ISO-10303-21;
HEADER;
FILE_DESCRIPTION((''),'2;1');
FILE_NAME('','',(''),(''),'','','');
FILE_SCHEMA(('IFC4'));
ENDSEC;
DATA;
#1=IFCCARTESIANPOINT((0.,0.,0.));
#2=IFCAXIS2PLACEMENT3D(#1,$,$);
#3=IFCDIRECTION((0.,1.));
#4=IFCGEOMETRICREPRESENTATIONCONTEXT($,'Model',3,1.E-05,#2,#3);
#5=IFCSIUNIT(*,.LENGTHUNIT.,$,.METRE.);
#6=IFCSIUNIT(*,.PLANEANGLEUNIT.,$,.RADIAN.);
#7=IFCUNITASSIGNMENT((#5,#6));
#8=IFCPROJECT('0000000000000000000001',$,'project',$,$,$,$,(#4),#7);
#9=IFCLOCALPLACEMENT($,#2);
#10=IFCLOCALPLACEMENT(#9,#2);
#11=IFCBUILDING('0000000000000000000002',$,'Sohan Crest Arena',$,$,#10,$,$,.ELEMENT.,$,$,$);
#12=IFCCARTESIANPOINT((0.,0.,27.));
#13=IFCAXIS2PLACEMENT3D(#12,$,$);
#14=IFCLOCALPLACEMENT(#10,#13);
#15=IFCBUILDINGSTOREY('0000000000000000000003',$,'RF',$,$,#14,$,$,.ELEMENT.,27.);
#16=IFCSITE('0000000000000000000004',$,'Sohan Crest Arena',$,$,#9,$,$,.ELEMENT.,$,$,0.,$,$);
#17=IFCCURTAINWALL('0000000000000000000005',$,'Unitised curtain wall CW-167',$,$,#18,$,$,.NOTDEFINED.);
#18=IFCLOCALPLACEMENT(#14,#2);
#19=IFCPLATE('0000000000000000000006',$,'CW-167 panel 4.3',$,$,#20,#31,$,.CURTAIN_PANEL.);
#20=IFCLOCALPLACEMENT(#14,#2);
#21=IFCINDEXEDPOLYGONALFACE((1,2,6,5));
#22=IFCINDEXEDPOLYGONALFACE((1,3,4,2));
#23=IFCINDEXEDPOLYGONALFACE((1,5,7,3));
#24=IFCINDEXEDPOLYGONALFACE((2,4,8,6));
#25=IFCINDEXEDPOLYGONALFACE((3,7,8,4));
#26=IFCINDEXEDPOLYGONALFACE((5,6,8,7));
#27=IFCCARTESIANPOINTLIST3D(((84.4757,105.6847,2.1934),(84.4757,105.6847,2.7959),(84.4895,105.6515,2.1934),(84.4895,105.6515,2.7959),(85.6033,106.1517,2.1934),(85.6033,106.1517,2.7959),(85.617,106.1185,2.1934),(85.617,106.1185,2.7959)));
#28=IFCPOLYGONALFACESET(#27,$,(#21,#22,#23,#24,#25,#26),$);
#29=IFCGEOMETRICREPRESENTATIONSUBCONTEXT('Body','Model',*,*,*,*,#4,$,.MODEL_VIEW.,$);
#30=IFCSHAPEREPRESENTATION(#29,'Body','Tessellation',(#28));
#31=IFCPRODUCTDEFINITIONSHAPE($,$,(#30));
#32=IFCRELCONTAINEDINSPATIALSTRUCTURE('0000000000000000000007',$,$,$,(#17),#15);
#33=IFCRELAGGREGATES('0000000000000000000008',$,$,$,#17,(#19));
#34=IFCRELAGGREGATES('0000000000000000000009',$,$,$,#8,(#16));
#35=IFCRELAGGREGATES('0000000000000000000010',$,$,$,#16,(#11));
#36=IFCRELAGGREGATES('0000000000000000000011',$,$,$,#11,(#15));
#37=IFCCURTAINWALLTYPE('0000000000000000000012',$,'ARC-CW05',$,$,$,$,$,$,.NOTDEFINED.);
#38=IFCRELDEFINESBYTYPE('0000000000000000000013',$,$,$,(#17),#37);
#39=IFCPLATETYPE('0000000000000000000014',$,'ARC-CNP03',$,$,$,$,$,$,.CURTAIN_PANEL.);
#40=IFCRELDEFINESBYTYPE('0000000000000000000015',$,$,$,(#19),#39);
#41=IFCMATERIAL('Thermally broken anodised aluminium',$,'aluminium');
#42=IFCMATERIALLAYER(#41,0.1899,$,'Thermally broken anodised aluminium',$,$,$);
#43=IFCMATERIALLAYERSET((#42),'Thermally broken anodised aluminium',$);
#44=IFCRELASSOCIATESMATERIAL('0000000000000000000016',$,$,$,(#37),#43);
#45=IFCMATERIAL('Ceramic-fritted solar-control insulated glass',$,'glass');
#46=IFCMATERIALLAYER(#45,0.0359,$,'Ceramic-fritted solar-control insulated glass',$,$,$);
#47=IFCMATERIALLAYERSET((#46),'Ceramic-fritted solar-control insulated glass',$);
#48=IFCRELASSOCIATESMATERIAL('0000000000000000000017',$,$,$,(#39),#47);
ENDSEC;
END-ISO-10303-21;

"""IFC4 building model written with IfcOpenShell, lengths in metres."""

from ifc_helpers import new_model, si_unit, direction, frame, origin, origin_2d, place, context, subcontext, project, spatial, rectangle, extrude, material, layer, layer_set, type_object, element, aggregate, save


model = new_model("IFC4")

# Units and contexts
model_context = context("Model", 3, precision=1e-05, world=origin(), true_north=direction((0.0, 1.0)))
body_context = subcontext(model_context, "Body", "Model", "MODEL_VIEW")
ifc_project = project(units=[si_unit("LENGTHUNIT", "METRE"), si_unit("PLANEANGLEUNIT", "RADIAN")], contexts=[model_context])

# Site, building, storey
site_placement = place(None, origin())
site = spatial("IfcSite", under=ifc_project, at=site_placement, Name="Sohan Crest Arena", CompositionType="ELEMENT", RefElevation=0.0)
building_placement = place(site_placement, origin())
building = spatial("IfcBuilding", under=site, at=building_placement, Name="Sohan Crest Arena", CompositionType="ELEMENT")
storey_placement = place(building_placement, frame((0.0, 0.0, 27.0)))
storey = spatial("IfcBuildingStorey", under=building, at=storey_placement, Name="RF", CompositionType="ELEMENT", Elevation=27.0)

# Curtain wall
ifc_material_1 = material(Name="Thermally broken anodised aluminium", Category="aluminium")
ifc_layer_1 = layer(ifc_material_1, 0.1899, Name="Thermally broken anodised aluminium")
ifc_layer_set_1 = layer_set([ifc_layer_1], Name="Thermally broken anodised aluminium")
curtain_wall_type = type_object("IfcCurtainWallType", Name="ARC-CW05", PredefinedType="NOTDEFINED", material=ifc_layer_set_1)
curtain_wall_placement = place(storey_placement, origin())
curtain_wall = element("IfcCurtainWall", 1, at=curtain_wall_placement, inside=storey, type_object=curtain_wall_type, Name="Unitised curtain wall CW-167", PredefinedType="NOTDEFINED")

# Plate
ifc_material_2 = material(Name="Ceramic-fritted solar-control insulated glass", Category="glass")
ifc_layer_2 = layer(ifc_material_2, 0.0359, Name="Ceramic-fritted solar-control insulated glass")
ifc_layer_set_2 = layer_set([ifc_layer_2], Name="Ceramic-fritted solar-control insulated glass")
plate_type = type_object("IfcPlateType", Name="ARC-CNP03", PredefinedType="CURTAIN_PANEL", material=ifc_layer_set_2)
plate_1_placement = place(storey_placement, frame((85.0464, 105.9016, 2.1934), z_axis=(0.0, 0.0, 1.0), x_axis=(-0.923886, -0.382667, 0.0)))
plate_1 = element("IfcPlate", 2, at=plate_1_placement, type_object=plate_type, Name="CW-167 panel 4.3", PredefinedType="CURTAIN_PANEL", context=body_context, shape_type="SweptSolid", body=[
    extrude(rectangle(XDim=1.2205, YDim=0.0359, at=origin_2d()), origin(), (0.0, 0.0, 1.0), 0.6025),
])
aggregate(curtain_wall, [plate_1])

save(model, "model.ifc")
